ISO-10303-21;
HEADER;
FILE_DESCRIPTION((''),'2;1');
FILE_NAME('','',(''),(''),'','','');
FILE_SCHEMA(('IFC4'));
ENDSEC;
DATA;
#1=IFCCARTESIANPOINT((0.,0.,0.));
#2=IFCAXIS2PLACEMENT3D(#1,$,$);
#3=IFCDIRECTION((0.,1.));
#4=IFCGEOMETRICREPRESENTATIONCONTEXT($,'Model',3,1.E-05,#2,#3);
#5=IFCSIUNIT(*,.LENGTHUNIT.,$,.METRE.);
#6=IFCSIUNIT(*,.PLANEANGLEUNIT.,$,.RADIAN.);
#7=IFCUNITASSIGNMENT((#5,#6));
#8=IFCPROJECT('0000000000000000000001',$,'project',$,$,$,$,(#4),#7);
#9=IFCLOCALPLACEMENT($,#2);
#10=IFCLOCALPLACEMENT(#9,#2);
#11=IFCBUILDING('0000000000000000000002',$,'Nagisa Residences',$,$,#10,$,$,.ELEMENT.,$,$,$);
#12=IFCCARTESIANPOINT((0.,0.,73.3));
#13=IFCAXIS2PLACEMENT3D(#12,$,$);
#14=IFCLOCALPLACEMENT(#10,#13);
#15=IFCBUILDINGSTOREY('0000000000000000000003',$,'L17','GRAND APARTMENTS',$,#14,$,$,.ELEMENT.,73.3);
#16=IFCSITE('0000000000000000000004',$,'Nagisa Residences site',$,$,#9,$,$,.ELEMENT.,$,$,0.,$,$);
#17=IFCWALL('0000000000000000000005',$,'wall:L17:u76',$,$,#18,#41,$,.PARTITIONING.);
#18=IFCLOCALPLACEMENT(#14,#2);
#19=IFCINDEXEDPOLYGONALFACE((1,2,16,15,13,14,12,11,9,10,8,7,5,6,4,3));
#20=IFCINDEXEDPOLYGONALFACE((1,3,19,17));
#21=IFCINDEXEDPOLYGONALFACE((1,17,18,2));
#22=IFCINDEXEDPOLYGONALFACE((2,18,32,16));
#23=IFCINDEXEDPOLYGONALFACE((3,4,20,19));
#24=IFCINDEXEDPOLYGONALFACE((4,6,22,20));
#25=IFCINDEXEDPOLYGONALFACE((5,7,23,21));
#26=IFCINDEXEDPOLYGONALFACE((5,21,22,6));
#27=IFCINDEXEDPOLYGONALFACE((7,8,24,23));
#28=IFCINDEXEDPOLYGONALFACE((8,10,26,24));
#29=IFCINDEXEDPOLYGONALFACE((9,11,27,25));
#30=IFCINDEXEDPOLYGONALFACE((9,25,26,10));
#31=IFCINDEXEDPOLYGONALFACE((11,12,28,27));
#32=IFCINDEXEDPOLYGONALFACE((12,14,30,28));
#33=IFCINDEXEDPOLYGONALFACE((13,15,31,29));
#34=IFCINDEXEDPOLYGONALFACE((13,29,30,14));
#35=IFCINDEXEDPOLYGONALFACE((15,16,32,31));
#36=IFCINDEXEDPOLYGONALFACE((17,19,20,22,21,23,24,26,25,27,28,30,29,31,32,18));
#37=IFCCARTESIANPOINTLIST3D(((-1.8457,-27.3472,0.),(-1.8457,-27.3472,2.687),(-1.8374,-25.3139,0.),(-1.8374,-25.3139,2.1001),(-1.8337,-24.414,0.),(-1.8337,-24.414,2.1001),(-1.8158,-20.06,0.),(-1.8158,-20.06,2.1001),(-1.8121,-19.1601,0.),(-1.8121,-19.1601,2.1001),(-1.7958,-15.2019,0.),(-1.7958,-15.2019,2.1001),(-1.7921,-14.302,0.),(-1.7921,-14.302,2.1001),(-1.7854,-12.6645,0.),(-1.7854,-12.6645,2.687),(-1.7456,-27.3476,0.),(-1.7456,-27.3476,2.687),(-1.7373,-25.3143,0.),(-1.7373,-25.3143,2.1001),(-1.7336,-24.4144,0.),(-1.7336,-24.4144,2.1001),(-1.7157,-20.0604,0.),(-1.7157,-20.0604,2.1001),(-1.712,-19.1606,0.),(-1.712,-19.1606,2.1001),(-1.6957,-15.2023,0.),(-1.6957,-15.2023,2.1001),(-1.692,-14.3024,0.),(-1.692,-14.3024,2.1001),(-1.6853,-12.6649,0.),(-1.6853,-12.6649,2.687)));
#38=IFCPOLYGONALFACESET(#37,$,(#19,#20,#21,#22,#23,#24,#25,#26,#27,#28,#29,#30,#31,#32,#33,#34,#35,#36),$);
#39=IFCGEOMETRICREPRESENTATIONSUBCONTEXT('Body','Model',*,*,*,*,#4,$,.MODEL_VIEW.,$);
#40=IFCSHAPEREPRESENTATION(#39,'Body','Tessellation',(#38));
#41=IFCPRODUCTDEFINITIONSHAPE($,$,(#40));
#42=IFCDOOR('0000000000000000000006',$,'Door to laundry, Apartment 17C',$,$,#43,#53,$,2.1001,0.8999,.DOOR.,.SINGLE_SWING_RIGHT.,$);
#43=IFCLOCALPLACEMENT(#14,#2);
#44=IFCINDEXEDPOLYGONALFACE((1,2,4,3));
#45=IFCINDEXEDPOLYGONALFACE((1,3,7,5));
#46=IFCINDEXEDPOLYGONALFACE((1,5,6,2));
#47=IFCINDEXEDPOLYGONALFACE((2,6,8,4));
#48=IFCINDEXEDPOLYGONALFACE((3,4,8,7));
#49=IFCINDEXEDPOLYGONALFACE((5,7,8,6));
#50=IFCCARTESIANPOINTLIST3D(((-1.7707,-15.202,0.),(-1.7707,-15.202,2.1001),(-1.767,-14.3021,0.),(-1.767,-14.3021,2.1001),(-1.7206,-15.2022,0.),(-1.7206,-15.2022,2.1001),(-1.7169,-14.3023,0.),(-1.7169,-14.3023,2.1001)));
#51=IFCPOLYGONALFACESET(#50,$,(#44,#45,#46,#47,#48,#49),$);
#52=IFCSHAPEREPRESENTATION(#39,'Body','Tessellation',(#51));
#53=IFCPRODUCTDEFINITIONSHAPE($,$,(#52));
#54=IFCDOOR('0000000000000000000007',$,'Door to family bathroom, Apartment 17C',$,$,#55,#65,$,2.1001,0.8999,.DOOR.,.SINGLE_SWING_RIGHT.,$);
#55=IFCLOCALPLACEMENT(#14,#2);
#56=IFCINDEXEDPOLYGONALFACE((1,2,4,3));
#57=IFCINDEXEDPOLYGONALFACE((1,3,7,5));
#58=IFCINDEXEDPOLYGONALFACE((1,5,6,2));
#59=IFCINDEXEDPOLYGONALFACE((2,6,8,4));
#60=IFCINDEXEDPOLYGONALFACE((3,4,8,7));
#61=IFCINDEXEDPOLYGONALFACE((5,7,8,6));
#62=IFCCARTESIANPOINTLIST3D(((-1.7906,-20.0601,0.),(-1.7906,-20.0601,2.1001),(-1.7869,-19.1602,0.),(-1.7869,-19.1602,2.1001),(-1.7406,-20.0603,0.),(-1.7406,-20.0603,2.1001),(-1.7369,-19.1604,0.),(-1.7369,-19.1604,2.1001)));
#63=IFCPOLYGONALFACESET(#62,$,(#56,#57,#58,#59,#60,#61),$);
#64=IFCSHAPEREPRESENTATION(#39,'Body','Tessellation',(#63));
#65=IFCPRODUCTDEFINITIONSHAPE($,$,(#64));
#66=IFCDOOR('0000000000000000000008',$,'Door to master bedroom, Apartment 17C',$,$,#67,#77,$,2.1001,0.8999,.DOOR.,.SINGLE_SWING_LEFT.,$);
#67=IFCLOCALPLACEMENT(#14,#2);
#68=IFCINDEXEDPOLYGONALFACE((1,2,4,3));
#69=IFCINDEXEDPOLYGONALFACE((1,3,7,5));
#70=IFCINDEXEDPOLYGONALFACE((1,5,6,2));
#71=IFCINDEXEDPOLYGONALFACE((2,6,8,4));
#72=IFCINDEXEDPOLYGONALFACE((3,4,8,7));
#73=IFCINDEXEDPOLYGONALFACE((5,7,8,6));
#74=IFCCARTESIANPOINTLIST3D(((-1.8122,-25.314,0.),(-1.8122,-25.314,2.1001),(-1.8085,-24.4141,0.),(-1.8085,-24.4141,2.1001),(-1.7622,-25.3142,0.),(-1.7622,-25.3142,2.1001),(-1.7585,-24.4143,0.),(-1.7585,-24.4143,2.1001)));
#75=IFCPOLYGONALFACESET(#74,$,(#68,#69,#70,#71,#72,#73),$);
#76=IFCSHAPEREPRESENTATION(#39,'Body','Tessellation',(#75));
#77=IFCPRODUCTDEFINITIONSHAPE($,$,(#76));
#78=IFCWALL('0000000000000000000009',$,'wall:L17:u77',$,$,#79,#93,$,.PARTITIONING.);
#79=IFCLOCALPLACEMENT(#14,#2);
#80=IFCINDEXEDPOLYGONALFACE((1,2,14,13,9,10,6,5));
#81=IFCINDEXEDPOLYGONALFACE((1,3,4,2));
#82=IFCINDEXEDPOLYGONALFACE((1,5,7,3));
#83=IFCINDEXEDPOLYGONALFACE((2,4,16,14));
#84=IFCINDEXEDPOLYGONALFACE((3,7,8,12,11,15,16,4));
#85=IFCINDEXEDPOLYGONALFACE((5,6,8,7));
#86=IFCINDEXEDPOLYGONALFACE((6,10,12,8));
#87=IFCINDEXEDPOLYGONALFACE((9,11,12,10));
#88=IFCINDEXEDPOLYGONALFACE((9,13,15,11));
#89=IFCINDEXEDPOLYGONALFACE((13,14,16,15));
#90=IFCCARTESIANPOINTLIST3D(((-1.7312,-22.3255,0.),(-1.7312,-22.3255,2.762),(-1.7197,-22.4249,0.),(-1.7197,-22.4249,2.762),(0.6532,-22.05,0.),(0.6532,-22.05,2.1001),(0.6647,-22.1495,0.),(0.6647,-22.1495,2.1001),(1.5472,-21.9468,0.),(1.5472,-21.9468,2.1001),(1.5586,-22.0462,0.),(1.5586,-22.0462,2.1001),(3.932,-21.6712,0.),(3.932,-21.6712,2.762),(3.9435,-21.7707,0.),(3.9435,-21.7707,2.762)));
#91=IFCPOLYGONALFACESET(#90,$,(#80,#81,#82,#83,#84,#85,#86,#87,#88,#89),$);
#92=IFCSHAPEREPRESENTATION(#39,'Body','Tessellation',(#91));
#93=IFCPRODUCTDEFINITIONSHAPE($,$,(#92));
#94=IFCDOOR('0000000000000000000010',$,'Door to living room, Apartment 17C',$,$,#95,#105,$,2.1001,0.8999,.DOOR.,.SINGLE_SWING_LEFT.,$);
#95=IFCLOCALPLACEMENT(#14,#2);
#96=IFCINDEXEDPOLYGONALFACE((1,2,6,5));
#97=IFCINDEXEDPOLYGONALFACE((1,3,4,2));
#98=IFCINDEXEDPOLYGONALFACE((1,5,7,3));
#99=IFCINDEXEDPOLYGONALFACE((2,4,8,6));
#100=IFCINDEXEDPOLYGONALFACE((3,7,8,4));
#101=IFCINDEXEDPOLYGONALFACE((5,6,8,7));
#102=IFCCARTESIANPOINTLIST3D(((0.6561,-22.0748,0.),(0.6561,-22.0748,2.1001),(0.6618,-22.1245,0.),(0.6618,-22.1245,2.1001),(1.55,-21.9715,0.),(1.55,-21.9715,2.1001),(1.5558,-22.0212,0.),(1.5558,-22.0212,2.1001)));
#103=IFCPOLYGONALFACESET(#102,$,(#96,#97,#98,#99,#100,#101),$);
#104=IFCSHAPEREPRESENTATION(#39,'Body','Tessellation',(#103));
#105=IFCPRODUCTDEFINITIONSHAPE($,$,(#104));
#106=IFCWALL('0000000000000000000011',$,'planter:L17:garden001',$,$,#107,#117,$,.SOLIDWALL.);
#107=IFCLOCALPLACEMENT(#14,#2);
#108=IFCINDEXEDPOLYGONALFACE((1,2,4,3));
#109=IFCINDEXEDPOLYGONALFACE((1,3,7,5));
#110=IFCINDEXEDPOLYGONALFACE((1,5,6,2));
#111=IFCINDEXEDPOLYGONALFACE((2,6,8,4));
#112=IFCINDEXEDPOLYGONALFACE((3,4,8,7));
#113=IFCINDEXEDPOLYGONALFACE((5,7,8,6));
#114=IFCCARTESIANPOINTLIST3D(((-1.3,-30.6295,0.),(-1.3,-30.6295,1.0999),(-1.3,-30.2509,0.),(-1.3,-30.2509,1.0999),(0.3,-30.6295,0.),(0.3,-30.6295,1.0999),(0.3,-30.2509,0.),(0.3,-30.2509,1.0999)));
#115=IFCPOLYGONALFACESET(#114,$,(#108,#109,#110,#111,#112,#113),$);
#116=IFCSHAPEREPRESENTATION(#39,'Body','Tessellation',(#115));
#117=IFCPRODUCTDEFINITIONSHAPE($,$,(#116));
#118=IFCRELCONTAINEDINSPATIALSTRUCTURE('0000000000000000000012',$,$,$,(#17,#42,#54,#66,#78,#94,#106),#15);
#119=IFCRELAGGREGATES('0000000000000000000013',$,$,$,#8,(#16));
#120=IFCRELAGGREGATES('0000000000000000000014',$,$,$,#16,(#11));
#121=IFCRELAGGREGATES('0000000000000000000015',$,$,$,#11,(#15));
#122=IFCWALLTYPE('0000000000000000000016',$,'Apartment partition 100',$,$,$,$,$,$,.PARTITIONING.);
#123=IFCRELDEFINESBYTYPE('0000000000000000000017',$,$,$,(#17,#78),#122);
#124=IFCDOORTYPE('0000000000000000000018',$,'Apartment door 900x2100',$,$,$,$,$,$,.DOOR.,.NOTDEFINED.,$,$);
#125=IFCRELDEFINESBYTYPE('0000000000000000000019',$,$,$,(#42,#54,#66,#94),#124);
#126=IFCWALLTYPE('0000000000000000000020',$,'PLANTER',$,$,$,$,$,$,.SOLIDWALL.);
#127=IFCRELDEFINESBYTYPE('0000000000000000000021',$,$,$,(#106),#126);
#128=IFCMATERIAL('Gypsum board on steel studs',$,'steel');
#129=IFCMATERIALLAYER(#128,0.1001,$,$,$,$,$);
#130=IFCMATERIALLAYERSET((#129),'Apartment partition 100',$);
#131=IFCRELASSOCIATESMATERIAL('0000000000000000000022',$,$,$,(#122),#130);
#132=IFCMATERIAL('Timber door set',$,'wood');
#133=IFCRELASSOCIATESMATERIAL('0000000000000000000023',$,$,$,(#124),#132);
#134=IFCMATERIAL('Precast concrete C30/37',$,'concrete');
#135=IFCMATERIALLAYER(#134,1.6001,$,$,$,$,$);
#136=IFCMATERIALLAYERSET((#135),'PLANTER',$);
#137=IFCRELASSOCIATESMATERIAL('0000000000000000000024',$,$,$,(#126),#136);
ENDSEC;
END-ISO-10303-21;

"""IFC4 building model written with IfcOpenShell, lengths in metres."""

from ifc_helpers import new_model, si_unit, direction, frame, frame_2d, origin, place, context, subcontext, project, spatial, rectangle, extrude, material, layer, layer_set, type_object, element, fill, save


model = new_model("IFC4")

# Units and contexts
model_context = context("Model", 3, precision=1e-05, world=origin(), true_north=direction((0.0, 1.0)))
body_context = subcontext(model_context, "Body", "Model", "MODEL_VIEW")
ifc_project = project(units=[si_unit("LENGTHUNIT", "METRE"), si_unit("PLANEANGLEUNIT", "RADIAN")], contexts=[model_context])

# Site, building, storey
site_placement = place(None, origin())
site = spatial("IfcSite", under=ifc_project, at=site_placement, Name="Nagisa Residences site", CompositionType="ELEMENT", RefElevation=0.0)
building_placement = place(site_placement, origin())
building = spatial("IfcBuilding", under=site, at=building_placement, Name="Nagisa Residences", CompositionType="ELEMENT")
storey_placement = place(building_placement, frame((0.0, 0.0, 73.3)))
storey = spatial("IfcBuildingStorey", under=building, at=storey_placement, Name="L17", Description="GRAND APARTMENTS", CompositionType="ELEMENT", Elevation=73.3)

# Shared definitions
ifc_material_1 = material(Name="Gypsum board on steel studs", Category="steel")
ifc_layer_1 = layer(ifc_material_1, 0.1001)
ifc_layer_set_1 = layer_set([ifc_layer_1], Name="Apartment partition 100")
wall_type_1 = type_object("IfcWallType", Name="Apartment partition 100", PredefinedType="PARTITIONING", material=ifc_layer_set_1)
ifc_material_2 = material(Name="Timber door set", Category="wood")
door_type_1 = type_object("IfcDoorType", Name="Apartment door 900x2100", OperationType="NOTDEFINED", PredefinedType="DOOR", material=ifc_material_2)

# Wall, openings, doors
wall_1_placement = place(storey_placement, frame((-1.7354, -12.6648, 0.0), z_axis=(0.0, 0.0, 1.0), x_axis=(-0.004107, -0.999992, 0.0)))
wall_1 = element("IfcWall", 1, at=wall_1_placement, inside=storey, type_object=wall_type_1, Name="wall:L17:u76", PredefinedType="PARTITIONING", context=body_context, shape_type="SweptSolid", body=[
    extrude(rectangle(XDim=14.6829, YDim=0.1001, at=frame_2d((7.3413, 0.0))), origin(), (0.0, 0.0, 1.0), 2.687),
])
opening_1_placement = place(wall_1_placement, frame((1.6375, 0.0, 0.0)))
opening_1 = element("IfcOpeningElement", 2, at=opening_1_placement, cuts=wall_1, PredefinedType="OPENING", context=body_context, shape_type="SweptSolid", body=[
    extrude(rectangle(XDim=0.8999, YDim=2.1001, at=frame_2d((0.45, 1.05))), frame((0.0, 0.0601, 0.0), z_axis=(0.0, -1.0, 0.0), x_axis=(1.0, 0.0, 0.0)), (0.0, 0.0, 1.0), 0.1201),
])
opening_2_placement = place(wall_1_placement, frame((6.4956, 0.0, 0.0)))
opening_2 = element("IfcOpeningElement", 3, at=opening_2_placement, cuts=wall_1, PredefinedType="OPENING", context=body_context, shape_type="SweptSolid", body=[
    extrude(rectangle(XDim=0.8999, YDim=2.1001, at=frame_2d((0.45, 1.05))), frame((0.0, 0.0601, 0.0), z_axis=(0.0, -1.0, 0.0), x_axis=(1.0, 0.0, 0.0)), (0.0, 0.0, 1.0), 0.1201),
])
opening_3_placement = place(wall_1_placement, frame((11.7495, 0.0, 0.0)))
opening_3 = element("IfcOpeningElement", 4, at=opening_3_placement, cuts=wall_1, PredefinedType="OPENING", context=body_context, shape_type="SweptSolid", body=[
    extrude(rectangle(XDim=0.8999, YDim=2.1001, at=frame_2d((0.45, 1.05))), frame((0.0, 0.0601, 0.0), z_axis=(0.0, -1.0, 0.0), x_axis=(1.0, 0.0, 0.0)), (0.0, 0.0, 1.0), 0.1201),
])
door_1_placement = place(opening_1_placement, frame((0.8999, 0.0, 0.0), x_axis=(-1.0, 0.0, 0.0)))
door_1 = element("IfcDoor", 5, at=door_1_placement, inside=storey, type_object=door_type_1, Name="Door to laundry, Apartment 17C", OperationType="SINGLE_SWING_RIGHT", OverallHeight=2.1001, OverallWidth=0.8999, PredefinedType="DOOR", context=body_context, shape_type="SweptSolid", body=[
    extrude(rectangle(XDim=0.8999, YDim=2.1001, at=frame_2d((0.45, 1.05))), frame((0.0, 0.0249, 0.0), z_axis=(0.0, -1.0, 0.0), x_axis=(1.0, 0.0, 0.0)), (0.0, 0.0, 1.0), 0.05),
])
fill(opening_1, door_1)
door_2_placement = place(opening_2_placement, frame((0.8999, 0.0, 0.0), x_axis=(-1.0, 0.0, 0.0)))
door_2 = element("IfcDoor", 6, at=door_2_placement, inside=storey, type_object=door_type_1, Name="Door to family bathroom, Apartment 17C", OperationType="SINGLE_SWING_RIGHT", OverallHeight=2.1001, OverallWidth=0.8999, PredefinedType="DOOR", context=body_context, shape_type="SweptSolid", body=[
    extrude(rectangle(XDim=0.8999, YDim=2.1001, at=frame_2d((0.45, 1.05))), frame((0.0, 0.0249, 0.0), z_axis=(0.0, -1.0, 0.0), x_axis=(1.0, 0.0, 0.0)), (0.0, 0.0, 1.0), 0.05),
])
fill(opening_2, door_2)
door_3_placement = place(opening_3_placement, frame((0.8999, 0.0, 0.0), x_axis=(-1.0, 0.0, 0.0)))
door_3 = element("IfcDoor", 7, at=door_3_placement, inside=storey, type_object=door_type_1, Name="Door to master bedroom, Apartment 17C", OperationType="SINGLE_SWING_LEFT", OverallHeight=2.1001, OverallWidth=0.8999, PredefinedType="DOOR", context=body_context, shape_type="SweptSolid", body=[
    extrude(rectangle(XDim=0.8999, YDim=2.1001, at=frame_2d((0.45, 1.05))), frame((0.0, 0.0249, 0.0), z_axis=(0.0, -1.0, 0.0), x_axis=(1.0, 0.0, 0.0)), (0.0, 0.0, 1.0), 0.05),
])
fill(opening_3, door_3)

# Wall, opening, door
wall_2_placement = place(storey_placement, frame((-1.7256, -22.3752, 0.0), z_axis=(0.0, 0.0, 1.0), x_axis=(0.993392, 0.114769, 0.0)))
wall_2 = element("IfcWall", 8, at=wall_2_placement, inside=storey, type_object=wall_type_1, Name="wall:L17:u77", PredefinedType="PARTITIONING", context=body_context, shape_type="SweptSolid", body=[
    extrude(rectangle(XDim=5.7009, YDim=0.1001, at=frame_2d((2.8506, 0.0))), origin(), (0.0, 0.0, 1.0), 2.762),
])
opening_4_placement = place(wall_2_placement, frame((2.4004, 0.0, 0.0)))
opening_4 = element("IfcOpeningElement", 9, at=opening_4_placement, cuts=wall_2, PredefinedType="OPENING", context=body_context, shape_type="SweptSolid", body=[
    extrude(rectangle(XDim=0.8999, YDim=2.1001, at=frame_2d((0.45, 1.05))), frame((0.0, 0.0601, 0.0), z_axis=(0.0, -1.0, 0.0), x_axis=(1.0, 0.0, 0.0)), (0.0, 0.0, 1.0), 0.1201),
])
door_4_placement = place(opening_4_placement, frame((0.8999, 0.0, 0.0), x_axis=(-1.0, 0.0, 0.0)))
door_4 = element("IfcDoor", 10, at=door_4_placement, inside=storey, type_object=door_type_1, Name="Door to living room, Apartment 17C", OperationType="SINGLE_SWING_LEFT", OverallHeight=2.1001, OverallWidth=0.8999, PredefinedType="DOOR", context=body_context, shape_type="SweptSolid", body=[
    extrude(rectangle(XDim=0.8999, YDim=2.1001, at=frame_2d((0.45, 1.05))), frame((0.0, 0.0249, 0.0), z_axis=(0.0, -1.0, 0.0), x_axis=(1.0, 0.0, 0.0)), (0.0, 0.0, 1.0), 0.05),
])
fill(opening_4, door_4)

# Wall
ifc_material_3 = material(Name="Precast concrete C30/37", Category="concrete")
ifc_layer_2 = layer(ifc_material_3, 1.6001)
ifc_layer_set_2 = layer_set([ifc_layer_2], Name="PLANTER")
wall_type_2 = type_object("IfcWallType", Name="PLANTER", PredefinedType="SOLIDWALL", material=ifc_layer_set_2)
wall_3_placement = place(storey_placement, frame((-0.5, -30.6296, 0.0), z_axis=(0.0, 0.0, 1.0), x_axis=(0.0, 1.0, 0.0)))
element("IfcWall", 11, at=wall_3_placement, inside=storey, type_object=wall_type_2, Name="planter:L17:garden001", PredefinedType="SOLIDWALL", context=body_context, shape_type="SweptSolid", body=[
    extrude(rectangle(XDim=0.3787, YDim=1.6001, at=frame_2d((0.1895, 0.0))), origin(), (0.0, 0.0, 1.0), 1.0999),
])

save(model, "model.ifc")
